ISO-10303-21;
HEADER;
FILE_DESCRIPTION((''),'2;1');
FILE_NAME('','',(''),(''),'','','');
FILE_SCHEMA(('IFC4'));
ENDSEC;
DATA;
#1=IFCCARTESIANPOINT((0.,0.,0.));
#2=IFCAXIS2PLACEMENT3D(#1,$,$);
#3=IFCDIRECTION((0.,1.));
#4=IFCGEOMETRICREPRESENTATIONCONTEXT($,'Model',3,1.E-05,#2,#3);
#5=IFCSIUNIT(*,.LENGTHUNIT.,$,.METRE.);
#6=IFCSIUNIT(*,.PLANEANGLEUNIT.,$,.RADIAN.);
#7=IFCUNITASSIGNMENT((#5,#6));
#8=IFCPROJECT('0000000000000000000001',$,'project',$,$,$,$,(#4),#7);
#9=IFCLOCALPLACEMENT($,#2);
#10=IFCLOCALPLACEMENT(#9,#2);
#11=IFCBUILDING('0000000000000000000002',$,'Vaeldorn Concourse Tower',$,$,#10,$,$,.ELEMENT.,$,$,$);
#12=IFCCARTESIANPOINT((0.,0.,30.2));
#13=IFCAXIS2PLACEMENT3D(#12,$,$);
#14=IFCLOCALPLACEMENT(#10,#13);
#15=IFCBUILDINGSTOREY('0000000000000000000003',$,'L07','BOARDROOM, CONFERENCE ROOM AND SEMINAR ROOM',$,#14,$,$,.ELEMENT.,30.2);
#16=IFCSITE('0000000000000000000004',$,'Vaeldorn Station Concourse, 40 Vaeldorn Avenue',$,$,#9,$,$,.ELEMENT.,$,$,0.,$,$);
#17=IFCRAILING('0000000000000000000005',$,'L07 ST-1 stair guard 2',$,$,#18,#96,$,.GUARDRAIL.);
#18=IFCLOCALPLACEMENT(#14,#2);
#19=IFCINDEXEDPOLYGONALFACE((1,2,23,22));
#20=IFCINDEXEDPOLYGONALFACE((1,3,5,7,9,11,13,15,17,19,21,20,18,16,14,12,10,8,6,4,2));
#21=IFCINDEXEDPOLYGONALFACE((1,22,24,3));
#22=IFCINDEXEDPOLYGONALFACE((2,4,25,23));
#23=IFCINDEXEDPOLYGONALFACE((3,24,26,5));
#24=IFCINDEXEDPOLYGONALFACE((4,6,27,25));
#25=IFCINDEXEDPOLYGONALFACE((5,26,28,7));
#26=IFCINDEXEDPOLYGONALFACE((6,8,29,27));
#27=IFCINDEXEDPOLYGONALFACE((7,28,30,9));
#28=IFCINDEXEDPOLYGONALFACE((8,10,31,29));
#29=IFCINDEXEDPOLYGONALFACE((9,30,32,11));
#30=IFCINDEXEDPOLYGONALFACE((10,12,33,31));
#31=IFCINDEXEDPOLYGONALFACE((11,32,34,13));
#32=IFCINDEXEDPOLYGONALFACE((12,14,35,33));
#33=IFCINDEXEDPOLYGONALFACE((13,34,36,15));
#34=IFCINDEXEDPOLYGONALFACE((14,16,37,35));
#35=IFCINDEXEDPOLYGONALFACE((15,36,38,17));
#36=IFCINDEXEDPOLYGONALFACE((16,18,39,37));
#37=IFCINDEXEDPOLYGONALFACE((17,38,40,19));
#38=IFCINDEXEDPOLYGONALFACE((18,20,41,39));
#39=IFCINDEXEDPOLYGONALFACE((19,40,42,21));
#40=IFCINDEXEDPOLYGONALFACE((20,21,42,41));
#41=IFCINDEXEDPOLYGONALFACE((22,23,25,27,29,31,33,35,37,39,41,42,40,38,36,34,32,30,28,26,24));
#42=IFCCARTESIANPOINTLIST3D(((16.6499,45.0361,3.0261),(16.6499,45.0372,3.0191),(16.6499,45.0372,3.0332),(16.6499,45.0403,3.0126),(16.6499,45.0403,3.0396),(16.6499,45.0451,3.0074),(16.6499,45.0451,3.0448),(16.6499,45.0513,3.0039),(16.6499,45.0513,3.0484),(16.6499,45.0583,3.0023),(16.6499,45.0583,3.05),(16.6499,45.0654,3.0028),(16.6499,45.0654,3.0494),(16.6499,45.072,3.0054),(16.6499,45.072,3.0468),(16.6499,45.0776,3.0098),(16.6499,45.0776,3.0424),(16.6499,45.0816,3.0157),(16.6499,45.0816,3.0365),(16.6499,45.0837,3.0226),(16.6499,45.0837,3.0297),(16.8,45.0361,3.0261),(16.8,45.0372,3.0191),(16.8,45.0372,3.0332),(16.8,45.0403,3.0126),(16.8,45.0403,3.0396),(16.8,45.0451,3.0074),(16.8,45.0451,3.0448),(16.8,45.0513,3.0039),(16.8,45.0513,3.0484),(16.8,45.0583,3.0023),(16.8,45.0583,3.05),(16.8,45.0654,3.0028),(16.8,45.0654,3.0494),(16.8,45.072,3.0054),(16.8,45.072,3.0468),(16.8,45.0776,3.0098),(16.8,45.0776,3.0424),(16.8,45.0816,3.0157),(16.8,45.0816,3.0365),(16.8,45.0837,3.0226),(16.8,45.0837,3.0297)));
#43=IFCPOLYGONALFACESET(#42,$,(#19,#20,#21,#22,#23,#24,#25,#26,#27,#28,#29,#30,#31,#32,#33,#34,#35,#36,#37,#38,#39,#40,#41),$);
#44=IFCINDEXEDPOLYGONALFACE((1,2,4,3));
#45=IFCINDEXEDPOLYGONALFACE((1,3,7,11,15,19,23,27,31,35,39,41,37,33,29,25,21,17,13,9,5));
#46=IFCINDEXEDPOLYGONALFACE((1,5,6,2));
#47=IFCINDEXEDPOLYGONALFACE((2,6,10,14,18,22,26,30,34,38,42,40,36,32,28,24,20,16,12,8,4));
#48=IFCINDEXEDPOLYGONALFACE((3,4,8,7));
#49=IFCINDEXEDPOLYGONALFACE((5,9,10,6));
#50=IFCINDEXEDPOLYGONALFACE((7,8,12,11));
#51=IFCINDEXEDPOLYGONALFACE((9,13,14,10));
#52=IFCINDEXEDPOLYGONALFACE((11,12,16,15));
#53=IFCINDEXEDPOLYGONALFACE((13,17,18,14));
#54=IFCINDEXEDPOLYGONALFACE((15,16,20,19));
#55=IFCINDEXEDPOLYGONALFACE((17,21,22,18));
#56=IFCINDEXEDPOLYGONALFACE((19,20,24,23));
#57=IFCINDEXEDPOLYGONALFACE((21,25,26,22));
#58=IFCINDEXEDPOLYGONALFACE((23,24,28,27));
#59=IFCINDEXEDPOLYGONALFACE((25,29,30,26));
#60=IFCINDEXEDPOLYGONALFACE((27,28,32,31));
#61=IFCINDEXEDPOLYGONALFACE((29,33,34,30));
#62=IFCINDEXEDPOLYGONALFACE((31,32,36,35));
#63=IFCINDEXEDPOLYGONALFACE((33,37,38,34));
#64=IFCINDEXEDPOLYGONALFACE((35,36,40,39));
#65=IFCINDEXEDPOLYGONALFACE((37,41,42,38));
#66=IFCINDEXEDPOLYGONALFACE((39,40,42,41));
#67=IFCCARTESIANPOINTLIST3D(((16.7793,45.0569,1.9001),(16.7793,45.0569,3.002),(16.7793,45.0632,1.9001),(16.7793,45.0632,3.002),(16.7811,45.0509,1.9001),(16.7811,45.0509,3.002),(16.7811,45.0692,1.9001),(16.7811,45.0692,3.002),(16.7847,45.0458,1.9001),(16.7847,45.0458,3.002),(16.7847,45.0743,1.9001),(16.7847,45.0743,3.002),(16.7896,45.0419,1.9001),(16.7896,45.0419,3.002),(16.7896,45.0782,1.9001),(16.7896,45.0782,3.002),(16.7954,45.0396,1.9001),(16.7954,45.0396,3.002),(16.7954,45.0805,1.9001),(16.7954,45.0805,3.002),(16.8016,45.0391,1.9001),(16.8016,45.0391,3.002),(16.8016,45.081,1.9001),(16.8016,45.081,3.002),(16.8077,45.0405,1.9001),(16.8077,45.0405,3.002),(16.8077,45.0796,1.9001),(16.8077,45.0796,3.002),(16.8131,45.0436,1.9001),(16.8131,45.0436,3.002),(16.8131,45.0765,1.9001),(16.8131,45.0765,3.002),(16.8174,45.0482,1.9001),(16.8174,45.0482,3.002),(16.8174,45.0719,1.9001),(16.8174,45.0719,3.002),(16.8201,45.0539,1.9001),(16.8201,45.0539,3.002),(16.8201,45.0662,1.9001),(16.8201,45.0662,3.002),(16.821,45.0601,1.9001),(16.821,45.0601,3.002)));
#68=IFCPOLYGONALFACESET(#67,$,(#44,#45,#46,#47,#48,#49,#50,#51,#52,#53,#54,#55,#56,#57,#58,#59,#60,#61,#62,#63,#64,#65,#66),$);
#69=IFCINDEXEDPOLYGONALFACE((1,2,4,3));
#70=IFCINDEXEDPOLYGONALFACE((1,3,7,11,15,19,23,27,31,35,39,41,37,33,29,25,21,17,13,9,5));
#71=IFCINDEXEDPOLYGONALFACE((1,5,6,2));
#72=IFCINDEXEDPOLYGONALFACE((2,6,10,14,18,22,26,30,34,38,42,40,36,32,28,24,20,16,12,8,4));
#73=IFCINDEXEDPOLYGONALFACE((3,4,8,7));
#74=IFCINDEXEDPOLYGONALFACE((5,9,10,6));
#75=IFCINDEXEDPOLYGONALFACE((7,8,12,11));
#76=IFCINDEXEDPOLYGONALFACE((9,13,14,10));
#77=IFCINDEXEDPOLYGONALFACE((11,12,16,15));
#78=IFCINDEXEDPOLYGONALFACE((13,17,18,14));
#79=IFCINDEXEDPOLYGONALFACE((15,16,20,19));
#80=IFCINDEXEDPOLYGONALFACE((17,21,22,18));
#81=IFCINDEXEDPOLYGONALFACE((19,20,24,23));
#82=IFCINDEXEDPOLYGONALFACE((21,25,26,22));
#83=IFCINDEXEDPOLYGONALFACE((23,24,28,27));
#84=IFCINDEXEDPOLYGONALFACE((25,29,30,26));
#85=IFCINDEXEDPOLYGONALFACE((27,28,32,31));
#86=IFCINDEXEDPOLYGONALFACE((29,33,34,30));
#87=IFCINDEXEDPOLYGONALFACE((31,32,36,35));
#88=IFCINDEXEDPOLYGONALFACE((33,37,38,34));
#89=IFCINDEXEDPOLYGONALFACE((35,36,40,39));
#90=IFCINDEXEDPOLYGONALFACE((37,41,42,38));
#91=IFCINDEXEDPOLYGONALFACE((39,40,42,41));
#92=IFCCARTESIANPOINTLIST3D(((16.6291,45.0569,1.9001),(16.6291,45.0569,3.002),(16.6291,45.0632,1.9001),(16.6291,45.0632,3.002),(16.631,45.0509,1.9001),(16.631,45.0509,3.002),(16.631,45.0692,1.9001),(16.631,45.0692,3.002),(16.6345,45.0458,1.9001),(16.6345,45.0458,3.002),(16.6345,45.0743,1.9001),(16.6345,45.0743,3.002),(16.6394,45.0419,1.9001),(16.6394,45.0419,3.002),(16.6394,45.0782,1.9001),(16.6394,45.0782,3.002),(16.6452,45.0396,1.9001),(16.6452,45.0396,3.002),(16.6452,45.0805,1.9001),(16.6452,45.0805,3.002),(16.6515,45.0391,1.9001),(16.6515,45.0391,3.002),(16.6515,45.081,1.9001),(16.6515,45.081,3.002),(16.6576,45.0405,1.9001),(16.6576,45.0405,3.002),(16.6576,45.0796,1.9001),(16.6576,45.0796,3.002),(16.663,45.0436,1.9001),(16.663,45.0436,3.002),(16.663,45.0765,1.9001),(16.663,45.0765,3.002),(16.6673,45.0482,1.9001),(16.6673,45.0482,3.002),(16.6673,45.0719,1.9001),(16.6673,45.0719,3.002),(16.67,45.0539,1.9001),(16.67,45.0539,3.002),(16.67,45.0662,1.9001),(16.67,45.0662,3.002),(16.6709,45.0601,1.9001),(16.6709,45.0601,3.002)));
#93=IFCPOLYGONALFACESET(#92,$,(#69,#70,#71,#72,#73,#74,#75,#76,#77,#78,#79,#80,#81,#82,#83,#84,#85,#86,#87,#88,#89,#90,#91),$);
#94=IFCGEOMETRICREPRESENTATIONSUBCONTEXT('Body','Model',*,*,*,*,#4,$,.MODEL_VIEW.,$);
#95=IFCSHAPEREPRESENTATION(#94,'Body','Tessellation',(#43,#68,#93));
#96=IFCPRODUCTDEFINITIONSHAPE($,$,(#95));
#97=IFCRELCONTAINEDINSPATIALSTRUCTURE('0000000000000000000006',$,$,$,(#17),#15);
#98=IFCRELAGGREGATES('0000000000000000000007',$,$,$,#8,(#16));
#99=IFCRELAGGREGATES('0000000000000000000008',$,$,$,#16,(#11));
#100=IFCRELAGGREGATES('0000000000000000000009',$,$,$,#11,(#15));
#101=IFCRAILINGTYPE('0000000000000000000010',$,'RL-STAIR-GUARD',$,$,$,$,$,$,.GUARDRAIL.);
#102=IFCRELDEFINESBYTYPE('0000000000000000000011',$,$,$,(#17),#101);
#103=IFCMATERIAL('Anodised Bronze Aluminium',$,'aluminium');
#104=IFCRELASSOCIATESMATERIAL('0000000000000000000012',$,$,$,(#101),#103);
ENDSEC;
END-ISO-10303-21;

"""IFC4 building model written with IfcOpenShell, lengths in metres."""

from ifc_helpers import new_model, si_unit, direction, frame, origin, origin_2d, place, context, subcontext, project, spatial, circle, extrude, material, type_object, element, save


model = new_model("IFC4")

# Units and contexts
model_context = context("Model", 3, precision=1e-05, world=origin(), true_north=direction((0.0, 1.0)))
body_context = subcontext(model_context, "Body", "Model", "MODEL_VIEW")
ifc_project = project(units=[si_unit("LENGTHUNIT", "METRE"), si_unit("PLANEANGLEUNIT", "RADIAN")], contexts=[model_context])

# Site, building, storey
site_placement = place(None, origin())
site = spatial("IfcSite", under=ifc_project, at=site_placement, Name="Vaeldorn Station Concourse, 40 Vaeldorn Avenue", CompositionType="ELEMENT", RefElevation=0.0)
building_placement = place(site_placement, origin())
building = spatial("IfcBuilding", under=site, at=building_placement, Name="Vaeldorn Concourse Tower", CompositionType="ELEMENT")
storey_placement = place(building_placement, frame((0.0, 0.0, 30.2)))
storey = spatial("IfcBuildingStorey", under=building, at=storey_placement, Name="L07", Description="BOARDROOM, CONFERENCE ROOM AND SEMINAR ROOM", CompositionType="ELEMENT", Elevation=30.2)

# Shared definitions
ifc_material_1 = material(Name="Anodised Bronze Aluminium", Category="aluminium")

# Railing
railing_type_1 = type_object("IfcRailingType", Name="RL-STAIR-GUARD", PredefinedType="GUARDRAIL", material=ifc_material_1)
railing_1_placement = place(storey_placement, frame((16.8, 45.0601, 1.9001)))
element("IfcRailing", 1, at=railing_1_placement, inside=storey, type_object=railing_type_1, Name="L07 ST-1 stair guard 2", PredefinedType="GUARDRAIL", context=body_context, shape_type="SweptSolid", body=[
    extrude(circle(Radius=0.0239, at=origin_2d()), frame((0.0, 0.0, 1.126), z_axis=(-1.0, 0.0, 0.0), x_axis=(0.0, -1.0, 0.0)), (0.0, 0.0, 1.0), 0.1501),
    extrude(circle(Radius=0.021, at=origin_2d()), origin(), (0.0, 0.0, 1.0), 1.1018),
    extrude(circle(Radius=0.021, at=origin_2d()), frame((-0.1501, 0.0, 0.0)), (0.0, 0.0, 1.0), 1.1018),
])

save(model, "model.ifc")
